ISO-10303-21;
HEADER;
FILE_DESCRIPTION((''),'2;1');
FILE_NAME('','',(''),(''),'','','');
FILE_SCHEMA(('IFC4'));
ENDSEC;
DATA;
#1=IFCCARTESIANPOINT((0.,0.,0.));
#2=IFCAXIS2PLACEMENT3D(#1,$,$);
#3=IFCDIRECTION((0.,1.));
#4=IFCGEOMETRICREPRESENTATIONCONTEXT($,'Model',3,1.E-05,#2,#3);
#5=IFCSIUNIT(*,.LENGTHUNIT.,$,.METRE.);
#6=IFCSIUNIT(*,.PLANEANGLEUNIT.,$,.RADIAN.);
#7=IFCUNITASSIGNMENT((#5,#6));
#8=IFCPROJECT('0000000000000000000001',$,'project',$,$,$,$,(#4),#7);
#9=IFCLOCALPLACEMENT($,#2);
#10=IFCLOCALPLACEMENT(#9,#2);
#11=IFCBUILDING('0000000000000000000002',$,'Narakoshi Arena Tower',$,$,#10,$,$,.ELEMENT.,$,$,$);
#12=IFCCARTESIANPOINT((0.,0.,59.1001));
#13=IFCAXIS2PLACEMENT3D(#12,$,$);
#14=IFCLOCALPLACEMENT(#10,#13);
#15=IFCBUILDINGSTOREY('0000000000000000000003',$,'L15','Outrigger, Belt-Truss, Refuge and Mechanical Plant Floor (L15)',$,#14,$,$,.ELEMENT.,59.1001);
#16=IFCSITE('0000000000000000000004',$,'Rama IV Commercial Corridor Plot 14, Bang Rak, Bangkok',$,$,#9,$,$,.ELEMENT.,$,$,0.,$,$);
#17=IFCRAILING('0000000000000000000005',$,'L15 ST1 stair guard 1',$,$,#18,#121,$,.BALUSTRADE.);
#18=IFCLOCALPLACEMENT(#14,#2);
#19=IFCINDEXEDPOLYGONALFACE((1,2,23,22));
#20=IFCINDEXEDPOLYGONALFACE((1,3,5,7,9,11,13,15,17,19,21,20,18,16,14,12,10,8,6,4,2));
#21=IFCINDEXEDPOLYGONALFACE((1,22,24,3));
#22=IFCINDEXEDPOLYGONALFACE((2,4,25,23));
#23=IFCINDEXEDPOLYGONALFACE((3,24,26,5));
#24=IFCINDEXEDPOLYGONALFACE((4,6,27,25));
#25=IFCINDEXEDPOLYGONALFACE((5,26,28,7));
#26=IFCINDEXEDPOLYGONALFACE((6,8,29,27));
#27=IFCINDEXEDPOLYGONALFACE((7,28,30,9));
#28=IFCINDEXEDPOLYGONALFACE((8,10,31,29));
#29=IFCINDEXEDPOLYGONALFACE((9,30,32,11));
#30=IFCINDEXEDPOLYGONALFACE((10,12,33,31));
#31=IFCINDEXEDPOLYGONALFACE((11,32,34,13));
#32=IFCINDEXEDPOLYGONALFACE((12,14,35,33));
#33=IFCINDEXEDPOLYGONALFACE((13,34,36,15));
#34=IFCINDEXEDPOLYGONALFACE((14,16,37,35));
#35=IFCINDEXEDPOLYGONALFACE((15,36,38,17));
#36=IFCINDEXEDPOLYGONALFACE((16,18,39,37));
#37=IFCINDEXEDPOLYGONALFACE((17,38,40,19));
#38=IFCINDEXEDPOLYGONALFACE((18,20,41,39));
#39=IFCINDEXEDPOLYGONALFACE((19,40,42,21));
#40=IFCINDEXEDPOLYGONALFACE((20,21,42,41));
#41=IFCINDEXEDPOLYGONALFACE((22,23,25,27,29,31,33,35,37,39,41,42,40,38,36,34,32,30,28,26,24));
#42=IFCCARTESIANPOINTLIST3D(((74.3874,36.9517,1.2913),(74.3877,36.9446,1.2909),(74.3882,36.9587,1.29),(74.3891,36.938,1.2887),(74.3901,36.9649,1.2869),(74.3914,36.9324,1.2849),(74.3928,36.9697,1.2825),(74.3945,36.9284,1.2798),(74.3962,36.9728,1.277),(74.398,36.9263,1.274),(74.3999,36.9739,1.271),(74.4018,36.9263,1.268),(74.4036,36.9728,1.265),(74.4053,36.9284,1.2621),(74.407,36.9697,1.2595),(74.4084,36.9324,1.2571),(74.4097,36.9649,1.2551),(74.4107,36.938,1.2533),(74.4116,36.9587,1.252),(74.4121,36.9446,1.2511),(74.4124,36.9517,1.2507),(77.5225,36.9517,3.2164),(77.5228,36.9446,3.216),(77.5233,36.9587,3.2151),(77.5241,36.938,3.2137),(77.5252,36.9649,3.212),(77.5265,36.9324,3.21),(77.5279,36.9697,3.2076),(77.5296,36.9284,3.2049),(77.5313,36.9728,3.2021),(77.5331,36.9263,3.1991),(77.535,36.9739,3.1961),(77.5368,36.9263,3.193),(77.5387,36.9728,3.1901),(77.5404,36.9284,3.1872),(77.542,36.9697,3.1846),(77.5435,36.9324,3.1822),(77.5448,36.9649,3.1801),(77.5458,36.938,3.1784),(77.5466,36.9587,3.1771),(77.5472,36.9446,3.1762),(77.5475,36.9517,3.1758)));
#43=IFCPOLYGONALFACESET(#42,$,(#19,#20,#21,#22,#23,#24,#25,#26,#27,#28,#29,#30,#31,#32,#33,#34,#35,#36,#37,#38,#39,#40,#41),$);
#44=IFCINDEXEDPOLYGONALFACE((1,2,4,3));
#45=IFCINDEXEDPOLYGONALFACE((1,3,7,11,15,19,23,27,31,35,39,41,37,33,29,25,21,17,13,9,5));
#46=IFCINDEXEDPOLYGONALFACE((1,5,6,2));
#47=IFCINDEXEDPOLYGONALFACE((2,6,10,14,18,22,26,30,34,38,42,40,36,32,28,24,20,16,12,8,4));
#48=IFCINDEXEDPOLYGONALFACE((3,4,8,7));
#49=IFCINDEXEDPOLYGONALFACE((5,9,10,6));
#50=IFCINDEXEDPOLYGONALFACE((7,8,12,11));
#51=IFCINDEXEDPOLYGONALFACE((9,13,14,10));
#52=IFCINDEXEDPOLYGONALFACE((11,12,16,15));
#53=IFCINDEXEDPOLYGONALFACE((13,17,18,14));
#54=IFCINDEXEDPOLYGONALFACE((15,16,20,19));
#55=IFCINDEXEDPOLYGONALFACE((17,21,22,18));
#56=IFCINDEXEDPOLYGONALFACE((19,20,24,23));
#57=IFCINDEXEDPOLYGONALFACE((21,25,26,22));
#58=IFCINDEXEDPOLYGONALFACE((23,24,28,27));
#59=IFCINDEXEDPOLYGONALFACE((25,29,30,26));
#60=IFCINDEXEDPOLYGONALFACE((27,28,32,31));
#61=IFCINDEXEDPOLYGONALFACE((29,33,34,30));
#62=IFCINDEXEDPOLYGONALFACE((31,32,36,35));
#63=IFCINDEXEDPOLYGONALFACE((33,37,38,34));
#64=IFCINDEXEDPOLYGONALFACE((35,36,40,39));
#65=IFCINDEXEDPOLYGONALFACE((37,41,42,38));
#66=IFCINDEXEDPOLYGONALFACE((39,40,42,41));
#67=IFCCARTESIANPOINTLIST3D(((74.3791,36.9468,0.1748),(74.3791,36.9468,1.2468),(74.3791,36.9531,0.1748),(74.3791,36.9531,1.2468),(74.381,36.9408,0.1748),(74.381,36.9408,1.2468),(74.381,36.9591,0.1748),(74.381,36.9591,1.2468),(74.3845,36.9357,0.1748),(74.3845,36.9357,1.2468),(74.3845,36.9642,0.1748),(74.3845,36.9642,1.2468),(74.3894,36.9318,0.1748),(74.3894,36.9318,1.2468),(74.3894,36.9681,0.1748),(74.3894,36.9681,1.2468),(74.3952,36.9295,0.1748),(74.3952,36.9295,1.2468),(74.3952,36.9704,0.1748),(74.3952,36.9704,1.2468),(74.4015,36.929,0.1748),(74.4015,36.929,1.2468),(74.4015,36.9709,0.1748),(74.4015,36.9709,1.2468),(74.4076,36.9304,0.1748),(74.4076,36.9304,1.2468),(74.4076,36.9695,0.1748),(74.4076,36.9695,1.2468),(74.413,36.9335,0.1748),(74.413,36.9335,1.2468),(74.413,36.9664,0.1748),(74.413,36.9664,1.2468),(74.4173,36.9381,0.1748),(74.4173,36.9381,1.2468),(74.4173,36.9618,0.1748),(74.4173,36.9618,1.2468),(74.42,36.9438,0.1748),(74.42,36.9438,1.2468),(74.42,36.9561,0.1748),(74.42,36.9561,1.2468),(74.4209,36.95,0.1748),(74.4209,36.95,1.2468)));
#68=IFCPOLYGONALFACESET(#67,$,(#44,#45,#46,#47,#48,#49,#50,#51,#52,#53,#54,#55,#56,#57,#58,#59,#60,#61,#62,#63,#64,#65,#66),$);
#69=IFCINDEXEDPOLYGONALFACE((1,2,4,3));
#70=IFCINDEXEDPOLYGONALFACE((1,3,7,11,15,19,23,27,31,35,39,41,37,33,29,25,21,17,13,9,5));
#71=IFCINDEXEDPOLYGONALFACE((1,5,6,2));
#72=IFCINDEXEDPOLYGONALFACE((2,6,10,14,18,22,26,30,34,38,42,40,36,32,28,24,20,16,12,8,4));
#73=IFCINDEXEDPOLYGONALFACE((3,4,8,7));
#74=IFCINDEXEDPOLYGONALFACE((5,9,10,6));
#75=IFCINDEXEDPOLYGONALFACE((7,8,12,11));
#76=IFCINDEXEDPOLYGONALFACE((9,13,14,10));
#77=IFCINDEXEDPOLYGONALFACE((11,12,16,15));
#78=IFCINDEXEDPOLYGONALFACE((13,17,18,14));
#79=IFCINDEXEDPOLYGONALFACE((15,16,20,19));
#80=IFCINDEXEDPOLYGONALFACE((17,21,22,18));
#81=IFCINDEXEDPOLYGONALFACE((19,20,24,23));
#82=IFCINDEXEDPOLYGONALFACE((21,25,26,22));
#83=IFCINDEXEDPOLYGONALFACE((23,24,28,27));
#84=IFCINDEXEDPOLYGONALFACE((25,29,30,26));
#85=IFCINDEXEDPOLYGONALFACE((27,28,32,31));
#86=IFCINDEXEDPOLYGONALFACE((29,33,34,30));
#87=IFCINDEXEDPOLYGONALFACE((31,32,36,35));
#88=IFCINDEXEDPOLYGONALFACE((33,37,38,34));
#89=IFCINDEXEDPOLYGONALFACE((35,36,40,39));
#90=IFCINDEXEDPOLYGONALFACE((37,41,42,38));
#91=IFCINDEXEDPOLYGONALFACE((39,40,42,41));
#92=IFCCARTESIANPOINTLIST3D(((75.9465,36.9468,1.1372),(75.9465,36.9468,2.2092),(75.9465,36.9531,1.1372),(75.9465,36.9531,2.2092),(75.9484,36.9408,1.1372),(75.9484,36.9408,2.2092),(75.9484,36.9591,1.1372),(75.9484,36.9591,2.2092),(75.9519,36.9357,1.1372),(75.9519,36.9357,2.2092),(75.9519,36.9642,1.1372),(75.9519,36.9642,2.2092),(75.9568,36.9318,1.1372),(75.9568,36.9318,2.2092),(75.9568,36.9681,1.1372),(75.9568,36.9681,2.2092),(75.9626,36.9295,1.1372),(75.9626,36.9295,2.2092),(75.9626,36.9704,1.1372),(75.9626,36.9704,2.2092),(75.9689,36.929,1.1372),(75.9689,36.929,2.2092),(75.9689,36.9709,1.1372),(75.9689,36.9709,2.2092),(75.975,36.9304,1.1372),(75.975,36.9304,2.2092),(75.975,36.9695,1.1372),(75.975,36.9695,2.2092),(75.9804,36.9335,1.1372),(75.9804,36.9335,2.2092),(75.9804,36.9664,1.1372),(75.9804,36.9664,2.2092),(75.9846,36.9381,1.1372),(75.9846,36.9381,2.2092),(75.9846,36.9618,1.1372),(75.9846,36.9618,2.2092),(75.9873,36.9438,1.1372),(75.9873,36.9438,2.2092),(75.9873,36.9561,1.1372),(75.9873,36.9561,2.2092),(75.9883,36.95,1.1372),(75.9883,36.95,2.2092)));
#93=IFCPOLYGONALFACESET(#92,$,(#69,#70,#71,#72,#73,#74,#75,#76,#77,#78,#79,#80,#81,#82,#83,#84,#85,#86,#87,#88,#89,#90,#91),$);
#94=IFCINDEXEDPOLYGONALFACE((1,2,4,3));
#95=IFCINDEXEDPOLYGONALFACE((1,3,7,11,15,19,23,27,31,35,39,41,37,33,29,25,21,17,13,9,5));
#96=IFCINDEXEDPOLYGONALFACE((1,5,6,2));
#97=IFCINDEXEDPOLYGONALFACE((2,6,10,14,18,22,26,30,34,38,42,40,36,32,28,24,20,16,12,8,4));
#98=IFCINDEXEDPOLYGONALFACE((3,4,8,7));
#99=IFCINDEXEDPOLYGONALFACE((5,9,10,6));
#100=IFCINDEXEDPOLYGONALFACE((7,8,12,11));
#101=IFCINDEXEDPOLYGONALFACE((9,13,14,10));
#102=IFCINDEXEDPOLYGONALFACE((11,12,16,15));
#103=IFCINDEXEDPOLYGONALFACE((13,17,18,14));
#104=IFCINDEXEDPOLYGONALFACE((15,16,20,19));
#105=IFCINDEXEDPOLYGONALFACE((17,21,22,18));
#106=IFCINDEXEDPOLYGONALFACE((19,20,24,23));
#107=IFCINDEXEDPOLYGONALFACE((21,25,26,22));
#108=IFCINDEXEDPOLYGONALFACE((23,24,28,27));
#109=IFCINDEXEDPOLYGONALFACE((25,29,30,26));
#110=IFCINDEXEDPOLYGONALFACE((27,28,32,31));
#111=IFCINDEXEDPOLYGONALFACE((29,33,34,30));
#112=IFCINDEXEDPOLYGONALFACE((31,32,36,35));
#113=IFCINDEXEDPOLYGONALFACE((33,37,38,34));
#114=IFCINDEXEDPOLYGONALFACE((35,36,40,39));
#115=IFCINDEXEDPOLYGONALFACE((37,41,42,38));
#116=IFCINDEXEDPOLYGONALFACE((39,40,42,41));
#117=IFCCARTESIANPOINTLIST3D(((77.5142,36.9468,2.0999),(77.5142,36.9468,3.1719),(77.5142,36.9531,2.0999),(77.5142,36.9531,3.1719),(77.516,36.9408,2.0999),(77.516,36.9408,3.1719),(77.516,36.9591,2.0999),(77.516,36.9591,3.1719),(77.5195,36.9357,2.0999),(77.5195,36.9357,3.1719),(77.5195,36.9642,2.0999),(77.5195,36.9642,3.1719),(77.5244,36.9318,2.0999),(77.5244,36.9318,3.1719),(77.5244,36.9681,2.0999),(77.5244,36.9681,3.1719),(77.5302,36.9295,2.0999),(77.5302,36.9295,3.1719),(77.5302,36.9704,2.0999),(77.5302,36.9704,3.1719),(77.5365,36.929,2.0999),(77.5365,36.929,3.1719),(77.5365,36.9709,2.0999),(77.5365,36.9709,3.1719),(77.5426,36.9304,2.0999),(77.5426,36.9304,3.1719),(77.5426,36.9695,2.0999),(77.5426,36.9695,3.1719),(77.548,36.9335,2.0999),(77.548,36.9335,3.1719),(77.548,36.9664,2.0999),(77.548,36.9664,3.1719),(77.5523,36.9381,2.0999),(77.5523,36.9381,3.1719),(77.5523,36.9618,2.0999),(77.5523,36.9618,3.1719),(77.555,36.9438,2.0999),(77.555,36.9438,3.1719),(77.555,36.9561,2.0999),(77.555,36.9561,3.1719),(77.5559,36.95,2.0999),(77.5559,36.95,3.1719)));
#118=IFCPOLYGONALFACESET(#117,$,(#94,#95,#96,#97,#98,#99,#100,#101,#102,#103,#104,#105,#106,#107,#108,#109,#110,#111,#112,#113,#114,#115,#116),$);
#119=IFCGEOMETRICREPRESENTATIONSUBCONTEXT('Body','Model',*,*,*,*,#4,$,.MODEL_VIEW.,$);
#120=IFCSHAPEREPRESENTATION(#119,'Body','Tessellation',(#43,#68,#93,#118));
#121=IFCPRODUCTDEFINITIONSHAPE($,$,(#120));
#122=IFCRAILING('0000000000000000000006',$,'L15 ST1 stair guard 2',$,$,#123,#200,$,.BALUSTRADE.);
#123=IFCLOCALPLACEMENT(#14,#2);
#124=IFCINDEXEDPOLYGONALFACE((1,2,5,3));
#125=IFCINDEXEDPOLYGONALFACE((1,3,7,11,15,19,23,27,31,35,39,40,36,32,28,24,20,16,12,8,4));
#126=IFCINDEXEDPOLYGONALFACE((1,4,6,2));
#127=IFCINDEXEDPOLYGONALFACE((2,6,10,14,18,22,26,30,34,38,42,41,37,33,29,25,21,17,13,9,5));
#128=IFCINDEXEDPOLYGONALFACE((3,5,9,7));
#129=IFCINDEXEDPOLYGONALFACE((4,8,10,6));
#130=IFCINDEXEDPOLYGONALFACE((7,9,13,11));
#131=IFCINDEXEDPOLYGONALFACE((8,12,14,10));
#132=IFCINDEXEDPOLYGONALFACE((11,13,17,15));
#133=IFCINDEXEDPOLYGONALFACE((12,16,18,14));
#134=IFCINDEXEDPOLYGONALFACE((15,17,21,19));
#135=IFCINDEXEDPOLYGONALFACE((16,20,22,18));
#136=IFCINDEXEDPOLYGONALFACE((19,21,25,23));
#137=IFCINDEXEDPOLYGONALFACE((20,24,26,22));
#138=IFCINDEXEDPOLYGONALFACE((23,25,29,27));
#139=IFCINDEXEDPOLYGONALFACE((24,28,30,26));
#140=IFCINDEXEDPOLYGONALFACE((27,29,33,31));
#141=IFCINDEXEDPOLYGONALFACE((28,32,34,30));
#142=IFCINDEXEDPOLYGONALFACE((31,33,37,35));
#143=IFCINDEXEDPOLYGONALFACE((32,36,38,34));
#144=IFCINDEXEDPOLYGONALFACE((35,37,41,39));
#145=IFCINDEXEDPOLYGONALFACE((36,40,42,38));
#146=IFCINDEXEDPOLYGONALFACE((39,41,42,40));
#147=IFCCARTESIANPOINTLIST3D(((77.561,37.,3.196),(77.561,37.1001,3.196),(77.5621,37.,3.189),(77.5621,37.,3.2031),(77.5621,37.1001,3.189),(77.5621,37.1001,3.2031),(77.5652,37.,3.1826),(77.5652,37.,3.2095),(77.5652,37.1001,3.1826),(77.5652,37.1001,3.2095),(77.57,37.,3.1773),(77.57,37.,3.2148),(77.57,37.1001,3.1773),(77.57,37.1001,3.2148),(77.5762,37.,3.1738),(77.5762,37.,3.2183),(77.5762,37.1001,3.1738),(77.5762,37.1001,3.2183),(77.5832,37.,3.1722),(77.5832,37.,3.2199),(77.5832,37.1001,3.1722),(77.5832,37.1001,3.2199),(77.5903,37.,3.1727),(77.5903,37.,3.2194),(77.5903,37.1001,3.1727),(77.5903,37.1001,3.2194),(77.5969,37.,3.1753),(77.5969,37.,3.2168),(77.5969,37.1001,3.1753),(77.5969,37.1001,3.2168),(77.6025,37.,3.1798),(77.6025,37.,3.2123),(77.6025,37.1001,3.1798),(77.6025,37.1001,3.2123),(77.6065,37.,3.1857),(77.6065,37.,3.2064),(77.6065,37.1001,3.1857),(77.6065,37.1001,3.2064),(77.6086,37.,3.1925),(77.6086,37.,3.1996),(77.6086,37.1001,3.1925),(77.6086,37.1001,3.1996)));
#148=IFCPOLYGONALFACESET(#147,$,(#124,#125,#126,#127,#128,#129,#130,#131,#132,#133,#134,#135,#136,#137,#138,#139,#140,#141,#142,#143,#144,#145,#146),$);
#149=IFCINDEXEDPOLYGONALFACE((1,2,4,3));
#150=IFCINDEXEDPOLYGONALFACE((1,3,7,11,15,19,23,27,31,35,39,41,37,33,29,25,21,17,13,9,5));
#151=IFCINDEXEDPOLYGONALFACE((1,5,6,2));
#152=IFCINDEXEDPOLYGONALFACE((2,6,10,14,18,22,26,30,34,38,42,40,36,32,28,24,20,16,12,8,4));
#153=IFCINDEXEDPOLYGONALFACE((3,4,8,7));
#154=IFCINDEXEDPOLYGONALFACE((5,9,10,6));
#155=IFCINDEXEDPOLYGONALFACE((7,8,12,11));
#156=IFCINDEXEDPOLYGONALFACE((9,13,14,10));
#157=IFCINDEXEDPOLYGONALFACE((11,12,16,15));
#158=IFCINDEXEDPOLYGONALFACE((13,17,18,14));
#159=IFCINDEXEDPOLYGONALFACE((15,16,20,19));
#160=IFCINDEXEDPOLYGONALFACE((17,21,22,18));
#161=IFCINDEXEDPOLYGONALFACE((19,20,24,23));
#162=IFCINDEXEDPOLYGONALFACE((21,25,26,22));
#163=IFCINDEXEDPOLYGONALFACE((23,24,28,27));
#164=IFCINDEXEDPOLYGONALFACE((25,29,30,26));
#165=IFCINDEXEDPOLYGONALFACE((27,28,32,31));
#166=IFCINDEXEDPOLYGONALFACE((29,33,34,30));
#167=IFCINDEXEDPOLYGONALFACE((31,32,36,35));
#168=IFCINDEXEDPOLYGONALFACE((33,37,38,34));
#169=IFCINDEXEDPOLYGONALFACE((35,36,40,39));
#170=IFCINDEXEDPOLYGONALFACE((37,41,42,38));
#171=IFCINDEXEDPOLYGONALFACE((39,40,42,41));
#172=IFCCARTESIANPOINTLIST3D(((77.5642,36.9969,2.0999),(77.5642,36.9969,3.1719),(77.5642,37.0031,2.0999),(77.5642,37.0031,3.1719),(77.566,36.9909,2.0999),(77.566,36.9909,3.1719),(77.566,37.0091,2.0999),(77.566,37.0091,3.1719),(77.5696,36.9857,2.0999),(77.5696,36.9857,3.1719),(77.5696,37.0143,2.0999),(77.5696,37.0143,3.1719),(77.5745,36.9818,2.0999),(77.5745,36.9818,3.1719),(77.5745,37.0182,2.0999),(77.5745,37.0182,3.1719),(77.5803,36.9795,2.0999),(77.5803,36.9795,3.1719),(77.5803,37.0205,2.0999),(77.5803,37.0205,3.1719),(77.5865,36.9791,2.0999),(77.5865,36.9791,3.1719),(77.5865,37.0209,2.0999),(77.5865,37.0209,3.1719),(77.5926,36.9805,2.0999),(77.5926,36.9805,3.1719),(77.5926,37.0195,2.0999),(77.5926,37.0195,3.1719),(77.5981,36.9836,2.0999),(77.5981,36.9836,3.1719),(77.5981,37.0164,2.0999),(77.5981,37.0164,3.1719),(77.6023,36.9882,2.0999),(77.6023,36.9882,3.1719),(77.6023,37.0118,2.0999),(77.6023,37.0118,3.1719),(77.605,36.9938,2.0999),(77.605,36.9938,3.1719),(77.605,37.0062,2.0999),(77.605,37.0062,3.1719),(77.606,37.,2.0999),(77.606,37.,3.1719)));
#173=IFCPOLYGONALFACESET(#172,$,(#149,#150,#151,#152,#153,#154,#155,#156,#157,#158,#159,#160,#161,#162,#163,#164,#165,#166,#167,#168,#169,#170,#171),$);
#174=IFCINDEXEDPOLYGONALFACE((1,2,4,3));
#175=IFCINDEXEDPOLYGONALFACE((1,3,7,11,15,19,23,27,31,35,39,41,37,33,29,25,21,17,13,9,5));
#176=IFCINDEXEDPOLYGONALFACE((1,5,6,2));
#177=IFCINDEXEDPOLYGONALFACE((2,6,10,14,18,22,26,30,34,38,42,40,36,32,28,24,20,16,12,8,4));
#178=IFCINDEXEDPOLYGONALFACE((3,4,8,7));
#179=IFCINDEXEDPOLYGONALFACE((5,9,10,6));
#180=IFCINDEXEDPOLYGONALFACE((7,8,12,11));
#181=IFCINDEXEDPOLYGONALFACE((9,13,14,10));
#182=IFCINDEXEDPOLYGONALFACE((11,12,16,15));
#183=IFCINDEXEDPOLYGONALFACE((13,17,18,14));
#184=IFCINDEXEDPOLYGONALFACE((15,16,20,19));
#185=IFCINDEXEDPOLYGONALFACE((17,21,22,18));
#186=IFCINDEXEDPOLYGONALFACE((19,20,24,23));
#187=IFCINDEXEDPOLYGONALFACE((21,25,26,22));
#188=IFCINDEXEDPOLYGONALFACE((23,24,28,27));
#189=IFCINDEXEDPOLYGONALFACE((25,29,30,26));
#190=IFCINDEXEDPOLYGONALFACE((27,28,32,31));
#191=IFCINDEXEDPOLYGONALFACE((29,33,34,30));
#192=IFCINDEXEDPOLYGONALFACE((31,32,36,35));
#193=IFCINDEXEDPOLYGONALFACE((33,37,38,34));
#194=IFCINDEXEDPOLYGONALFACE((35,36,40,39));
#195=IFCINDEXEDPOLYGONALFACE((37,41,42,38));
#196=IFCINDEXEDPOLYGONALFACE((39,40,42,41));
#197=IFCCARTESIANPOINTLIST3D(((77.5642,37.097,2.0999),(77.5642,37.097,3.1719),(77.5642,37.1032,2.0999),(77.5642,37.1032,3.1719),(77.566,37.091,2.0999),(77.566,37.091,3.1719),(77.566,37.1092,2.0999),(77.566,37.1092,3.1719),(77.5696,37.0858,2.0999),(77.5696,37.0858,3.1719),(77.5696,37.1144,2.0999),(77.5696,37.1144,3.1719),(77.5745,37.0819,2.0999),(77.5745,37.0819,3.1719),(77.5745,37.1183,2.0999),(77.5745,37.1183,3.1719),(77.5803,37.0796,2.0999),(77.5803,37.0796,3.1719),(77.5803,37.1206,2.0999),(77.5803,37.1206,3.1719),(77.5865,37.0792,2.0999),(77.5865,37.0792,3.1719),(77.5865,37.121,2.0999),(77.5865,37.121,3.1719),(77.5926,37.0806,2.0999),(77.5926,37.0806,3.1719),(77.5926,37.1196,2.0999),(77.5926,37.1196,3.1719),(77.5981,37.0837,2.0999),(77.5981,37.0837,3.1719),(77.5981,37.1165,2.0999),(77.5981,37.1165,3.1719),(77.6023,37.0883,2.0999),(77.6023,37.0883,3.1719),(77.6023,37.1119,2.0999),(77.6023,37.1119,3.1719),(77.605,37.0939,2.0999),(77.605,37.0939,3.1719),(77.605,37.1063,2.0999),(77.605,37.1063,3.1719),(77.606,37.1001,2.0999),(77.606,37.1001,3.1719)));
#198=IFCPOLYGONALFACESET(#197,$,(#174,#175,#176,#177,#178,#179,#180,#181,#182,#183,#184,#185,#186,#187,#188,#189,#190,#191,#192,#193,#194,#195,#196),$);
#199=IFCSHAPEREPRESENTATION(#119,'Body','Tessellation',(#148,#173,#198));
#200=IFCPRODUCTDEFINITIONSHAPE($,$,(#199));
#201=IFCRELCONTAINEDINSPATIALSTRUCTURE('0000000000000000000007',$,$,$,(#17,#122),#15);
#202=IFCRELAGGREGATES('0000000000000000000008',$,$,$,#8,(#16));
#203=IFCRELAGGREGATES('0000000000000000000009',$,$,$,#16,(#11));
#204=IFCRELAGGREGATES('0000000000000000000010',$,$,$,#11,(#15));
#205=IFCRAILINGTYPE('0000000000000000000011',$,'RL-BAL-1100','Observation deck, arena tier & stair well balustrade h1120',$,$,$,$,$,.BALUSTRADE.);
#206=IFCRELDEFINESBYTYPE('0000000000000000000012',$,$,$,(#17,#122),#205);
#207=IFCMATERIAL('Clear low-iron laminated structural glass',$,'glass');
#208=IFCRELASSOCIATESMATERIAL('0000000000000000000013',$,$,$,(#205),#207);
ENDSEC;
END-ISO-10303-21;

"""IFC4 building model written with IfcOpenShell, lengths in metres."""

from ifc_helpers import new_model, si_unit, direction, frame, origin, origin_2d, place, context, subcontext, project, spatial, circle, extrude, material, type_object, element, save


model = new_model("IFC4")

# Units and contexts
model_context = context("Model", 3, precision=1e-05, world=origin(), true_north=direction((0.0, 1.0)))
body_context = subcontext(model_context, "Body", "Model", "MODEL_VIEW")
ifc_project = project(units=[si_unit("LENGTHUNIT", "METRE"), si_unit("PLANEANGLEUNIT", "RADIAN")], contexts=[model_context])

# Site, building, storey
site_placement = place(None, origin())
site = spatial("IfcSite", under=ifc_project, at=site_placement, Name="Rama IV Commercial Corridor Plot 14, Bang Rak, Bangkok", CompositionType="ELEMENT", RefElevation=0.0)
building_placement = place(site_placement, origin())
building = spatial("IfcBuilding", under=site, at=building_placement, Name="Narakoshi Arena Tower", CompositionType="ELEMENT")
storey_placement = place(building_placement, frame((0.0, 0.0, 59.1001)))
storey = spatial("IfcBuildingStorey", under=building, at=storey_placement, Name="L15", Description="Outrigger, Belt-Truss, Refuge and Mechanical Plant Floor (L15)", CompositionType="ELEMENT", Elevation=59.1001)

# Railings
ifc_material_1 = material(Name="Clear low-iron laminated structural glass", Category="glass")
railing_type_1 = type_object("IfcRailingType", Name="RL-BAL-1100", Description="Observation deck, arena tier & stair well balustrade h1120", PredefinedType="BALUSTRADE", material=ifc_material_1)
railing_1_placement = place(storey_placement, frame((74.3999, 36.95, 0.1748)))
element("IfcRailing", 1, at=railing_1_placement, inside=storey, type_object=railing_type_1, Name="L15 ST1 stair guard 1", PredefinedType="BALUSTRADE", context=body_context, shape_type="SweptSolid", body=[
    extrude(circle(Radius=0.0239, at=origin_2d()), frame((0.0, 0.0, 1.0962), z_axis=(0.852166, 0.0, 0.523271), x_axis=(0.0, 1.0, 0.0)), (0.0, 0.0, 1.0), 3.679),
    extrude(circle(Radius=0.021, at=origin_2d()), origin(), (0.0, 0.0, 1.0), 1.072),
    extrude(circle(Radius=0.021, at=origin_2d()), frame((1.5674, 0.0, 0.9624)), (0.0, 0.0, 1.0), 1.072),
    extrude(circle(Radius=0.021, at=origin_2d()), frame((3.135, 0.0, 1.925)), (0.0, 0.0, 1.0), 1.072),
])
railing_2_placement = place(storey_placement, frame((77.585, 37.0, 2.0999)))
element("IfcRailing", 2, at=railing_2_placement, inside=storey, type_object=railing_type_1, Name="L15 ST1 stair guard 2", PredefinedType="BALUSTRADE", context=body_context, shape_type="SweptSolid", body=[
    extrude(circle(Radius=0.0239, at=origin_2d()), frame((0.0, 0.0, 1.0962), z_axis=(0.0, 1.0, 0.0), x_axis=(-1.0, 0.0, 0.0)), (0.0, 0.0, 1.0), 0.1001),
    extrude(circle(Radius=0.021, at=origin_2d()), origin(), (0.0, 0.0, 1.0), 1.072),
    extrude(circle(Radius=0.021, at=origin_2d()), frame((0.0, 0.1001, 0.0)), (0.0, 0.0, 1.0), 1.072),
])

save(model, "model.ifc")
